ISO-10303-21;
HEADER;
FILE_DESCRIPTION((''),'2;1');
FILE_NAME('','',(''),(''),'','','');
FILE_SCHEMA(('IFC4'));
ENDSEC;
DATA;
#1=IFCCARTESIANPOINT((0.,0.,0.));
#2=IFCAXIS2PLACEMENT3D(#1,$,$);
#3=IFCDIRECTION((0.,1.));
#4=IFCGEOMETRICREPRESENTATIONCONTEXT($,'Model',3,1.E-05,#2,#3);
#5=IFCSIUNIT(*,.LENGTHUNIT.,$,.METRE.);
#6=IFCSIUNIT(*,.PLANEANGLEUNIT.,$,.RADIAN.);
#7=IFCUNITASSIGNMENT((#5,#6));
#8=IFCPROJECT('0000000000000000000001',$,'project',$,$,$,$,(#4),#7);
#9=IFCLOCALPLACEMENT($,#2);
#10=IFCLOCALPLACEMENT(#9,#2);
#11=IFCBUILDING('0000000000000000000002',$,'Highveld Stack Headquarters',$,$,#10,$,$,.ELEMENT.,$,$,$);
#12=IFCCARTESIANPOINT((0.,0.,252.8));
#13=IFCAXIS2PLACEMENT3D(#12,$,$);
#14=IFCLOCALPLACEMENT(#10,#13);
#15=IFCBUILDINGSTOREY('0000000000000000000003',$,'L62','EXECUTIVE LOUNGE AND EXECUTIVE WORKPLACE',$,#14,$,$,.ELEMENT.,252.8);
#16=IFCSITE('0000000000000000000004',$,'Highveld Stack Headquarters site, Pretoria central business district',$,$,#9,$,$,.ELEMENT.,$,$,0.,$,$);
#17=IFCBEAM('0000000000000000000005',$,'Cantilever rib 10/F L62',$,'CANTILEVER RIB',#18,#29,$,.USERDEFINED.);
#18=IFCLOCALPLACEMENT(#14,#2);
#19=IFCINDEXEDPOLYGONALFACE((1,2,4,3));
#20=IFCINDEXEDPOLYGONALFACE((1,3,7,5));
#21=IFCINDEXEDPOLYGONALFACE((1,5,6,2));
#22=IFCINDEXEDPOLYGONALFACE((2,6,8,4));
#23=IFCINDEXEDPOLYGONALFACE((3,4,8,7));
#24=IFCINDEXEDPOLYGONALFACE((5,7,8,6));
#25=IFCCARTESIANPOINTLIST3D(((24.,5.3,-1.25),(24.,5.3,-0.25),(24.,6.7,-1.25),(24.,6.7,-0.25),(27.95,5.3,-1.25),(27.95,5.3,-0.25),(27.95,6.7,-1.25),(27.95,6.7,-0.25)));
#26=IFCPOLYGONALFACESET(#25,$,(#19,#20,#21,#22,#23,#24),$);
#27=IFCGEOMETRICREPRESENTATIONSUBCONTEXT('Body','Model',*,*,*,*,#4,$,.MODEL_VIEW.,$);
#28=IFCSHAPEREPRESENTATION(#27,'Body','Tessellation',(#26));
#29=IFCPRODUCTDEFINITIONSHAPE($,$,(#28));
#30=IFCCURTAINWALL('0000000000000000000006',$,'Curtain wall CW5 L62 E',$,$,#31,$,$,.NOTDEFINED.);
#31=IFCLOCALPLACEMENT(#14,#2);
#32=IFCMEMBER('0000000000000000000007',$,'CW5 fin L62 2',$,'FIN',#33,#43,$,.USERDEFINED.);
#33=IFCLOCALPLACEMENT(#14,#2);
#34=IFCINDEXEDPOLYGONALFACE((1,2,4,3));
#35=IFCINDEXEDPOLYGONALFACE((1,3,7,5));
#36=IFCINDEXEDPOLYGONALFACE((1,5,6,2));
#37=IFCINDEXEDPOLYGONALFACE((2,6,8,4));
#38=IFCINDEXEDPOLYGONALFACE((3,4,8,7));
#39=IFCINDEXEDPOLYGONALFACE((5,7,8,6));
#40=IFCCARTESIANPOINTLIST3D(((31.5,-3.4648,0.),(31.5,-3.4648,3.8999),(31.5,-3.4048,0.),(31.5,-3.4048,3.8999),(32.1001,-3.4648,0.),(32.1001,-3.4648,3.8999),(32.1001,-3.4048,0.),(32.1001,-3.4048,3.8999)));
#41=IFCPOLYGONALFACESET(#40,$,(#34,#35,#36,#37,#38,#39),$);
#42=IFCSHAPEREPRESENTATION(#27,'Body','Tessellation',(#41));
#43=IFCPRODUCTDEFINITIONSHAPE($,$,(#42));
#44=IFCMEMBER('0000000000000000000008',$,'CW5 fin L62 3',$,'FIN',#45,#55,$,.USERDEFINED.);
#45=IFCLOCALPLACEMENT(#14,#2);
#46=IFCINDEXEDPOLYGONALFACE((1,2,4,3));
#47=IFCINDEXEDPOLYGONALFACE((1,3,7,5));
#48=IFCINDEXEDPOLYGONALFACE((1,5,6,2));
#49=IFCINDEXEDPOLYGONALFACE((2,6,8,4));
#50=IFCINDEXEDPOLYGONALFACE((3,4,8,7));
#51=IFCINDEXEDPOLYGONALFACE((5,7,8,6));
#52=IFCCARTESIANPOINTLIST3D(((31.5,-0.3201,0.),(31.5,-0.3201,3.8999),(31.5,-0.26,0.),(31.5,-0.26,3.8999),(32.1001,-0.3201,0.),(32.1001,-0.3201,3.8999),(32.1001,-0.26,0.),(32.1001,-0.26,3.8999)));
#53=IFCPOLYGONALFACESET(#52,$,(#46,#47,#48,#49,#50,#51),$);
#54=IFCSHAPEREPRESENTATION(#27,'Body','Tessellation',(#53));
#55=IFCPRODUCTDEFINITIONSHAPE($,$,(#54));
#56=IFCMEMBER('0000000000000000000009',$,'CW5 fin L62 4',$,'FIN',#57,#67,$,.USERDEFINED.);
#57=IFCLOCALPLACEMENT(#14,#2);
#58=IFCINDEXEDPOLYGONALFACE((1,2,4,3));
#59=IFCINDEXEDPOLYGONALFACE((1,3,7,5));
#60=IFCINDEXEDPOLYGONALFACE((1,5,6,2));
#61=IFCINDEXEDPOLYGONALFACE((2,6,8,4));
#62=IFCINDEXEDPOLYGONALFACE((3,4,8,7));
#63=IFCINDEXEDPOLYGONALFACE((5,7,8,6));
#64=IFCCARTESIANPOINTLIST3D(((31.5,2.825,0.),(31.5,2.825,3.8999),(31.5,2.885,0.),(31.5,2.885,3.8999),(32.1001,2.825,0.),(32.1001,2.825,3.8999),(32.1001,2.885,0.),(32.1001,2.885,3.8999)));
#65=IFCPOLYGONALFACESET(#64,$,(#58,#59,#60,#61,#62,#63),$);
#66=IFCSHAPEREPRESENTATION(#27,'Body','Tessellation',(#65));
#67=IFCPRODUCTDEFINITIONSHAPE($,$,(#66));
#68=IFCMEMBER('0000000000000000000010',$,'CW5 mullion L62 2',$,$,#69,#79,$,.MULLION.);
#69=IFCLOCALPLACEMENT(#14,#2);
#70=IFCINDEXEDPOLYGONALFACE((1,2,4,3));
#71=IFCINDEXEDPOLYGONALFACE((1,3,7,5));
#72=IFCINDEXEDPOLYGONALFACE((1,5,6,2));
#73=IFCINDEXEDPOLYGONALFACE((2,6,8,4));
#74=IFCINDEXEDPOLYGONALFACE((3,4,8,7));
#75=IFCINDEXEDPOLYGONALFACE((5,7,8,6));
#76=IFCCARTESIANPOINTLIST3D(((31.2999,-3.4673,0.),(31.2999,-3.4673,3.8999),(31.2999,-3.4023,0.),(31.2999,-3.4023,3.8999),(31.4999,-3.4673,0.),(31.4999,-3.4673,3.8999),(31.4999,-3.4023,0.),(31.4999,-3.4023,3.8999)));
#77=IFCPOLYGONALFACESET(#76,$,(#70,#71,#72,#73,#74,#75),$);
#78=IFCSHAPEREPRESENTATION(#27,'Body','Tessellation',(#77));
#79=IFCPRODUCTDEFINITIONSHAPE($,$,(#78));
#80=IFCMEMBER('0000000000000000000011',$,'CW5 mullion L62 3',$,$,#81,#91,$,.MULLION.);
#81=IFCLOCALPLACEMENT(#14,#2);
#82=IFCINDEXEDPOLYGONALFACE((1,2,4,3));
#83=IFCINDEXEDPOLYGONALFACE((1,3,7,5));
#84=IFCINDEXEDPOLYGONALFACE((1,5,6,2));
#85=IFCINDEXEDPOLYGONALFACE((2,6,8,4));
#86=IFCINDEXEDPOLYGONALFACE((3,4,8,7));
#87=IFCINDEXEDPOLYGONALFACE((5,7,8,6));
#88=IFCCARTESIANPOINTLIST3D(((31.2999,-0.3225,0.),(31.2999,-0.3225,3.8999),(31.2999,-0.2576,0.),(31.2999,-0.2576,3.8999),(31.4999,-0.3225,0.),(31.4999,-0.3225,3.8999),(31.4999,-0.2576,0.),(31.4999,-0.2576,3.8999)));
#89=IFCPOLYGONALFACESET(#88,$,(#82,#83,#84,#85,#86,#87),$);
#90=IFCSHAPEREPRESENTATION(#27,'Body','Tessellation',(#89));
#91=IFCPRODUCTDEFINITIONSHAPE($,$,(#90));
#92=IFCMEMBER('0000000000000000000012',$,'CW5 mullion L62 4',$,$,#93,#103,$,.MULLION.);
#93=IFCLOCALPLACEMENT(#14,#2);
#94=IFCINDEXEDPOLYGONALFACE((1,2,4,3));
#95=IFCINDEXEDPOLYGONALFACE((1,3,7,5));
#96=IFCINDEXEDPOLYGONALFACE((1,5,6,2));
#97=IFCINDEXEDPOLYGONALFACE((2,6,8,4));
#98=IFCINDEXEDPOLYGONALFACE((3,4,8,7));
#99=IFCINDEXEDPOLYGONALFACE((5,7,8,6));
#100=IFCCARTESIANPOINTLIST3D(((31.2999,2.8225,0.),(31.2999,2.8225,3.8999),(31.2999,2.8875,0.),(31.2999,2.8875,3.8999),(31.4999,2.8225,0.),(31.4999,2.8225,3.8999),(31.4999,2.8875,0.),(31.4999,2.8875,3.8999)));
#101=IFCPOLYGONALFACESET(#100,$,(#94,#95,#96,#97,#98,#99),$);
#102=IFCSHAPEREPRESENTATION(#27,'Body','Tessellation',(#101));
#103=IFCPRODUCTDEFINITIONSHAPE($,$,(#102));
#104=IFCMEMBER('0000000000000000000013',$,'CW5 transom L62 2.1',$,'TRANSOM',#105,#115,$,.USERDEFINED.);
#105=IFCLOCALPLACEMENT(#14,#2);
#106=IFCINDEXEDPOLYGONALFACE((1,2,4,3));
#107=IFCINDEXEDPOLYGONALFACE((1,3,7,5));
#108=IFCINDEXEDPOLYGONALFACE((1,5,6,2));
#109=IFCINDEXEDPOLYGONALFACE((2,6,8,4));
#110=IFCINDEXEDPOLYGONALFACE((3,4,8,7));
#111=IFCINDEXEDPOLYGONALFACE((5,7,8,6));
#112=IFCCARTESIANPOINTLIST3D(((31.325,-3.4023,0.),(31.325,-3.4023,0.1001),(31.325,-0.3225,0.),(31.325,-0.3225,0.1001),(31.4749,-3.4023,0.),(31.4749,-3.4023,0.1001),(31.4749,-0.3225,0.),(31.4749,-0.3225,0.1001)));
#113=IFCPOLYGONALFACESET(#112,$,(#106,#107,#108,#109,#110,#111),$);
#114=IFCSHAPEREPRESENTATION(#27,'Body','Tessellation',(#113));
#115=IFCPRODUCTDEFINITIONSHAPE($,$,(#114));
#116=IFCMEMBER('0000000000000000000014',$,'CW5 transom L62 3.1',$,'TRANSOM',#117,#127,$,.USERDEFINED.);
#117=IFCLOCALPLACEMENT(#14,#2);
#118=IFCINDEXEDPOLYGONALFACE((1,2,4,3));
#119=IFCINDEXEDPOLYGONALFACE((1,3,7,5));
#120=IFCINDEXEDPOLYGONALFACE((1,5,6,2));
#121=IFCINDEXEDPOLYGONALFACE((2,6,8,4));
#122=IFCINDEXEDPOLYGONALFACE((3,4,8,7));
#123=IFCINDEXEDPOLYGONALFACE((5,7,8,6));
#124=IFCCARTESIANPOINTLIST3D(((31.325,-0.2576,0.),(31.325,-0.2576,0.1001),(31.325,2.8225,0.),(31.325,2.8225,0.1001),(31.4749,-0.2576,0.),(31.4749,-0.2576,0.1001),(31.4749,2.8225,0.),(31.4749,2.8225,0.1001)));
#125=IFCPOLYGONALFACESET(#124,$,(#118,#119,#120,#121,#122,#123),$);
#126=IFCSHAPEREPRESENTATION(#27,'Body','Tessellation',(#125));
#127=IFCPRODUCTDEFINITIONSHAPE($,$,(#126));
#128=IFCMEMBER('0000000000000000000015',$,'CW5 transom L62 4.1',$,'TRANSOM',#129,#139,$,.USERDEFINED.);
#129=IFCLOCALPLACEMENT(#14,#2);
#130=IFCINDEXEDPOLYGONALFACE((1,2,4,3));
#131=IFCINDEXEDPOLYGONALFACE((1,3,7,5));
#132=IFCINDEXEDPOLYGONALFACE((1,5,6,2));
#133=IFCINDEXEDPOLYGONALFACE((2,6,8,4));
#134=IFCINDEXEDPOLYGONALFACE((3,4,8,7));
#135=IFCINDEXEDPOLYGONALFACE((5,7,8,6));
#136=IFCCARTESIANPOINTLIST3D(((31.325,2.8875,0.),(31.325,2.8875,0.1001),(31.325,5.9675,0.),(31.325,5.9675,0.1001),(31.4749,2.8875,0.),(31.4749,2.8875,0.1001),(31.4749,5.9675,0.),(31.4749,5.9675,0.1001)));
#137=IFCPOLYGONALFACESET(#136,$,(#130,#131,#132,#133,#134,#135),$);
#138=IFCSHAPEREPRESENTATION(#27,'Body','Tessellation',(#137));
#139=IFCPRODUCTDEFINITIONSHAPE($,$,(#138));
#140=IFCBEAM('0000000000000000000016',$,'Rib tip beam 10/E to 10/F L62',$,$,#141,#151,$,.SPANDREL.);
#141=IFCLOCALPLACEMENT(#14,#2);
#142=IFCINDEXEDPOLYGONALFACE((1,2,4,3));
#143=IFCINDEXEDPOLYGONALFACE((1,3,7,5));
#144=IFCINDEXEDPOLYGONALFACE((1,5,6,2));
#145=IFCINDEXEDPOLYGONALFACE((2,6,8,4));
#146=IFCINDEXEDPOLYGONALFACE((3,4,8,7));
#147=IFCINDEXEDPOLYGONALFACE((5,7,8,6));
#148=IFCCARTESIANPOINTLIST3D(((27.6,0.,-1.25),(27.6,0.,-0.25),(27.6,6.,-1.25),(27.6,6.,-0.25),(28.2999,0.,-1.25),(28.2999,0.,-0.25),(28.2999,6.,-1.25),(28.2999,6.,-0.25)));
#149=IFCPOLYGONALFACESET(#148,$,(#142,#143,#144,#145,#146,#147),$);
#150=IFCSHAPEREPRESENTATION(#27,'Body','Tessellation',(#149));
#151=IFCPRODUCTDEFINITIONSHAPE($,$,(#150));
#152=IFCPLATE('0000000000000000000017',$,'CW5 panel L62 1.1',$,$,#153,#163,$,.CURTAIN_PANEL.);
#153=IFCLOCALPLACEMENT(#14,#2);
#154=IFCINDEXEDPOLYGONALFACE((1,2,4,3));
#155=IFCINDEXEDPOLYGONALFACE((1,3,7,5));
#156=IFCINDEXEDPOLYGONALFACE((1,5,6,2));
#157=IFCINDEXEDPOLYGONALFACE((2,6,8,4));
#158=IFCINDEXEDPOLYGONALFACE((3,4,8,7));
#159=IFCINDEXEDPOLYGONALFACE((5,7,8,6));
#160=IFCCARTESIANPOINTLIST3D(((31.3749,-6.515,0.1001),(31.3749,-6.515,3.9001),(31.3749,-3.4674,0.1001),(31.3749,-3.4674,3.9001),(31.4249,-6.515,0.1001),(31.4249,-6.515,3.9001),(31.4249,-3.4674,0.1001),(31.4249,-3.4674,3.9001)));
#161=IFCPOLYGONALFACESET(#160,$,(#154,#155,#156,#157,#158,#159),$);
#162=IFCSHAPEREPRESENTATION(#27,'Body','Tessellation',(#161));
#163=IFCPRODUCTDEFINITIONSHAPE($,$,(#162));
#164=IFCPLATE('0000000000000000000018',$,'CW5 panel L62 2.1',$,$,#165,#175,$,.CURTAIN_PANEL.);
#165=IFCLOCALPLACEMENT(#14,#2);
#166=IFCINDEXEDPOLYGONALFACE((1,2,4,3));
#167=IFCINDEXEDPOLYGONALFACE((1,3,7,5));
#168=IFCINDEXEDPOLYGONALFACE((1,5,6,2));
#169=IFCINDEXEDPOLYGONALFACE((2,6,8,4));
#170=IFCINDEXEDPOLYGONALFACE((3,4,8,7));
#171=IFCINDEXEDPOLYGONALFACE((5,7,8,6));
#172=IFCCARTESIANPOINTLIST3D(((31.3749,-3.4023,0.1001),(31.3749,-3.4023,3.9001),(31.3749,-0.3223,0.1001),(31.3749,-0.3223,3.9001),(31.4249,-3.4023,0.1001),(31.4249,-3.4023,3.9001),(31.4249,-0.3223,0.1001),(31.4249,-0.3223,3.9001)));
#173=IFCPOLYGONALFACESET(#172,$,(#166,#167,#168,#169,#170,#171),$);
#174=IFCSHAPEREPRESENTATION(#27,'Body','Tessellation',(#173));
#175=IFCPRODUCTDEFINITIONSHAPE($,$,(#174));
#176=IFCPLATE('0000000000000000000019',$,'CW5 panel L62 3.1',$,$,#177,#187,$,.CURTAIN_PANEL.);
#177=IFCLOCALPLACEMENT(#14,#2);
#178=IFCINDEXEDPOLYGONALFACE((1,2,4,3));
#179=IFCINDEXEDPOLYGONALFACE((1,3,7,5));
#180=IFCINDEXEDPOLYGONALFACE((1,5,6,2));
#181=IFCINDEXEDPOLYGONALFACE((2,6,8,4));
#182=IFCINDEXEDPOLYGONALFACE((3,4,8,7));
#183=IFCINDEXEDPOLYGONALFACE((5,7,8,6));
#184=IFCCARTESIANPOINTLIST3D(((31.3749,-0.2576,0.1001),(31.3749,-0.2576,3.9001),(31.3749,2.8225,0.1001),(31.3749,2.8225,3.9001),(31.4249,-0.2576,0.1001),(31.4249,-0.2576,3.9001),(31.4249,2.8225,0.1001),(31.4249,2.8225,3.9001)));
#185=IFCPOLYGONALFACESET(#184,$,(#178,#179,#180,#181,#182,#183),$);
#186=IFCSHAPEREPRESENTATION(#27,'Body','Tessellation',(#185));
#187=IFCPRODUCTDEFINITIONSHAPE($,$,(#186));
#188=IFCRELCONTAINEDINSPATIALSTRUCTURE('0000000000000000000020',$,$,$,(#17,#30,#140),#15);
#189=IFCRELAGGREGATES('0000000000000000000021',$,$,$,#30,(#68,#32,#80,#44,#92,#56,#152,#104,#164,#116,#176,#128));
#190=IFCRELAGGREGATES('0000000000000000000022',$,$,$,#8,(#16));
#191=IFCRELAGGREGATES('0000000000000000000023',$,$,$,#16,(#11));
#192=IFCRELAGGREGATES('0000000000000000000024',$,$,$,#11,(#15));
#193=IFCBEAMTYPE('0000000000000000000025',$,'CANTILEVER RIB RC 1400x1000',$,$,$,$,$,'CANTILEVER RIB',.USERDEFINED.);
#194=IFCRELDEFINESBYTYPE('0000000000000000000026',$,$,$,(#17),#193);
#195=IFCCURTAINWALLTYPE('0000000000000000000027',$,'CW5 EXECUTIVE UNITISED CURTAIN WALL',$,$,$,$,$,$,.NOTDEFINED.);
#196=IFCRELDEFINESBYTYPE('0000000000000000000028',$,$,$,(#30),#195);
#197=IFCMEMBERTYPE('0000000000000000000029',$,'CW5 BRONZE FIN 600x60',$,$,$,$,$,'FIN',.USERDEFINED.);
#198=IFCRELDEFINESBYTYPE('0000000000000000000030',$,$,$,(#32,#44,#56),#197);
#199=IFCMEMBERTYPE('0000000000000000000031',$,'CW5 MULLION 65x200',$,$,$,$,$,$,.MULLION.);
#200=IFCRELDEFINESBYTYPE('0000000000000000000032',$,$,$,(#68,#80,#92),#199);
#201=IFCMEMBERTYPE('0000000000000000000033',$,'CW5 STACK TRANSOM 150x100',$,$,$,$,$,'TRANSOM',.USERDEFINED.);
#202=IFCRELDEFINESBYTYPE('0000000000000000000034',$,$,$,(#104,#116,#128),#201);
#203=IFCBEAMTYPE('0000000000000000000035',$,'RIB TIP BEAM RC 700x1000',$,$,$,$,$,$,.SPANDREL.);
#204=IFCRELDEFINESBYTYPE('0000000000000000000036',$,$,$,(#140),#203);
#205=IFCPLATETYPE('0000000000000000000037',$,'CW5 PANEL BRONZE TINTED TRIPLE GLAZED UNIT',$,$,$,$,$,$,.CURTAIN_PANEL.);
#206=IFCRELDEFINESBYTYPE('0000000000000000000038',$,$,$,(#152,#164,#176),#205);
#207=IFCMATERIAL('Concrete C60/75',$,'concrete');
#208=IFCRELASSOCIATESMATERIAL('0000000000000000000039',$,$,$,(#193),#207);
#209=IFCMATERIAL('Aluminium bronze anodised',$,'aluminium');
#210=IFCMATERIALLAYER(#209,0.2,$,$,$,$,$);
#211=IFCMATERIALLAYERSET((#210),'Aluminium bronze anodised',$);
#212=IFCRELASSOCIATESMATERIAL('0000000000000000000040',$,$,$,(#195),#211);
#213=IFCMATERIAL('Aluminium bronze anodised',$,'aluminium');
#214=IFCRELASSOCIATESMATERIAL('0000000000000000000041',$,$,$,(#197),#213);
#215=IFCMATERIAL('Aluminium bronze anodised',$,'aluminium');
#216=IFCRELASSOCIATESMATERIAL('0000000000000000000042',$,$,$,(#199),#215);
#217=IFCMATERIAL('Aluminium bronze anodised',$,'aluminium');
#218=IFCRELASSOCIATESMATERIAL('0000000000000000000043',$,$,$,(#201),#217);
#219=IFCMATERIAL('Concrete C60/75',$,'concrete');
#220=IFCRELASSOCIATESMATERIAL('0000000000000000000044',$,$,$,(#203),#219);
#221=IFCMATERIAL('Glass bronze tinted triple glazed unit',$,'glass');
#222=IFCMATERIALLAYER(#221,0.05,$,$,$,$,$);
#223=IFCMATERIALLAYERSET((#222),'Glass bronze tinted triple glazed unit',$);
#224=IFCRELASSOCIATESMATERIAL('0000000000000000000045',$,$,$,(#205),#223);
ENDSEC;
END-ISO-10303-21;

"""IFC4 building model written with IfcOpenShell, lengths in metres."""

from ifc_helpers import new_model, si_unit, direction, frame, origin, origin_2d, place, context, subcontext, project, spatial, rectangle, extrude, material, layer, layer_set, material_profile, profile_set, type_object, element, aggregate, save


model = new_model("IFC4")

# Units and contexts
model_context = context("Model", 3, precision=1e-05, world=origin(), true_north=direction((0.0, 1.0)))
body_context = subcontext(model_context, "Body", "Model", "MODEL_VIEW")
ifc_project = project(units=[si_unit("LENGTHUNIT", "METRE"), si_unit("PLANEANGLEUNIT", "RADIAN")], contexts=[model_context])

# Site, building, storey
site_placement = place(None, origin())
site = spatial("IfcSite", under=ifc_project, at=site_placement, Name="Highveld Stack Headquarters site, Pretoria central business district", CompositionType="ELEMENT", RefElevation=0.0)
building_placement = place(site_placement, origin())
building = spatial("IfcBuilding", under=site, at=building_placement, Name="Highveld Stack Headquarters", CompositionType="ELEMENT")
storey_placement = place(building_placement, frame((0.0, 0.0, 252.8)))
storey = spatial("IfcBuildingStorey", under=building, at=storey_placement, Name="L62", Description="EXECUTIVE LOUNGE AND EXECUTIVE WORKPLACE", CompositionType="ELEMENT", Elevation=252.8)

# Beam
ifc_material_1 = material(Name="Concrete C60/75", Category="concrete")
ifc_material_profile_1 = material_profile(ifc_material_1, rectangle(XDim=1.3999, YDim=1.0, at=origin_2d()), Name="RC 1400x1000")
ifc_profile_set_1 = profile_set([ifc_material_profile_1], Name="Concrete C60/75")
beam_type_1 = type_object("IfcBeamType", Name="CANTILEVER RIB RC 1400x1000", ElementType="CANTILEVER RIB", PredefinedType="USERDEFINED", material=ifc_profile_set_1)
beam_1_placement = place(storey_placement, frame((24.0, 6.0, -0.75), z_axis=(1.0, 0.0, 0.0), x_axis=(0.0, 1.0, 0.0)))
element("IfcBeam", 1, at=beam_1_placement, inside=storey, type_object=beam_type_1, Name="Cantilever rib 10/F L62", ObjectType="CANTILEVER RIB", PredefinedType="USERDEFINED", context=body_context, shape_type="SweptSolid", body=[
    extrude(rectangle(XDim=1.3999, YDim=1.0, at=origin_2d()), origin(), (0.0, 0.0, 1.0), 3.95),
])

# Curtain wall, members
ifc_material_2 = material(Name="Aluminium bronze anodised", Category="aluminium")
ifc_layer_1 = layer(ifc_material_2, 0.2)
ifc_layer_set_1 = layer_set([ifc_layer_1], Name="Aluminium bronze anodised")
curtain_wall_type = type_object("IfcCurtainWallType", Name="CW5 EXECUTIVE UNITISED CURTAIN WALL", PredefinedType="NOTDEFINED", material=ifc_layer_set_1)
curtain_wall_placement = place(storey_placement, origin())
curtain_wall = element("IfcCurtainWall", 2, at=curtain_wall_placement, inside=storey, type_object=curtain_wall_type, Name="Curtain wall CW5 L62 E", PredefinedType="NOTDEFINED")
ifc_material_3 = material(Name="Aluminium bronze anodised", Category="aluminium")
ifc_material_profile_2 = material_profile(ifc_material_3, rectangle(XDim=0.6001, YDim=0.0601, at=origin_2d()), Name="FIN 600x60")
ifc_profile_set_2 = profile_set([ifc_material_profile_2], Name="Aluminium bronze anodised")
member_type_1 = type_object("IfcMemberType", Name="CW5 BRONZE FIN 600x60", ElementType="FIN", PredefinedType="USERDEFINED", material=ifc_profile_set_2)
member_1_placement = place(storey_placement, frame((31.8, -3.4348, 0.0), z_axis=(0.0, 0.0, 1.0), x_axis=(-1.0, 0.0, 0.0)))
member_1 = element("IfcMember", 3, at=member_1_placement, type_object=member_type_1, Name="CW5 fin L62 2", ObjectType="FIN", PredefinedType="USERDEFINED", context=body_context, shape_type="SweptSolid", body=[
    extrude(rectangle(XDim=0.6001, YDim=0.0601, at=origin_2d()), origin(), (0.0, 0.0, 1.0), 3.8999),
])
member_2_placement = place(storey_placement, frame((31.8, -0.29, 0.0), z_axis=(0.0, 0.0, 1.0), x_axis=(-1.0, 0.0, 0.0)))
member_2 = element("IfcMember", 4, at=member_2_placement, type_object=member_type_1, Name="CW5 fin L62 3", ObjectType="FIN", PredefinedType="USERDEFINED", context=body_context, shape_type="SweptSolid", body=[
    extrude(rectangle(XDim=0.6001, YDim=0.0601, at=origin_2d()), origin(), (0.0, 0.0, 1.0), 3.8999),
])
member_3_placement = place(storey_placement, frame((31.8, 2.855, 0.0), z_axis=(0.0, 0.0, 1.0), x_axis=(-1.0, 0.0, 0.0)))
member_3 = element("IfcMember", 5, at=member_3_placement, type_object=member_type_1, Name="CW5 fin L62 4", ObjectType="FIN", PredefinedType="USERDEFINED", context=body_context, shape_type="SweptSolid", body=[
    extrude(rectangle(XDim=0.6001, YDim=0.0601, at=origin_2d()), origin(), (0.0, 0.0, 1.0), 3.8999),
])
ifc_material_4 = material(Name="Aluminium bronze anodised", Category="aluminium")
ifc_material_profile_3 = material_profile(ifc_material_4, rectangle(XDim=0.2, YDim=0.0649, at=origin_2d()), Name="CW5 MULLION 65x200")
ifc_profile_set_3 = profile_set([ifc_material_profile_3], Name="Aluminium bronze anodised")
member_type_2 = type_object("IfcMemberType", Name="CW5 MULLION 65x200", PredefinedType="MULLION", material=ifc_profile_set_3)
member_4_placement = place(storey_placement, frame((31.3999, -3.4348, 0.0), z_axis=(0.0, 0.0, 1.0), x_axis=(-1.0, 0.0, 0.0)))
member_4 = element("IfcMember", 6, at=member_4_placement, type_object=member_type_2, Name="CW5 mullion L62 2", PredefinedType="MULLION", context=body_context, shape_type="SweptSolid", body=[
    extrude(rectangle(XDim=0.2, YDim=0.0649, at=origin_2d()), origin(), (0.0, 0.0, 1.0), 3.8999),
])
member_5_placement = place(storey_placement, frame((31.3999, -0.29, 0.0), z_axis=(0.0, 0.0, 1.0), x_axis=(-1.0, 0.0, 0.0)))
member_5 = element("IfcMember", 7, at=member_5_placement, type_object=member_type_2, Name="CW5 mullion L62 3", PredefinedType="MULLION", context=body_context, shape_type="SweptSolid", body=[
    extrude(rectangle(XDim=0.2, YDim=0.0649, at=origin_2d()), origin(), (0.0, 0.0, 1.0), 3.8999),
])
member_6_placement = place(storey_placement, frame((31.3999, 2.855, 0.0), z_axis=(0.0, 0.0, 1.0), x_axis=(-1.0, 0.0, 0.0)))
member_6 = element("IfcMember", 8, at=member_6_placement, type_object=member_type_2, Name="CW5 mullion L62 4", PredefinedType="MULLION", context=body_context, shape_type="SweptSolid", body=[
    extrude(rectangle(XDim=0.2, YDim=0.0649, at=origin_2d()), origin(), (0.0, 0.0, 1.0), 3.8999),
])
ifc_material_5 = material(Name="Aluminium bronze anodised", Category="aluminium")
ifc_material_profile_4 = material_profile(ifc_material_5, rectangle(XDim=0.1499, YDim=0.1001, at=origin_2d()), Name="CW5 TRANSOM 150x100")
ifc_profile_set_4 = profile_set([ifc_material_profile_4], Name="Aluminium bronze anodised")
member_type_3 = type_object("IfcMemberType", Name="CW5 STACK TRANSOM 150x100", ElementType="TRANSOM", PredefinedType="USERDEFINED", material=ifc_profile_set_4)
member_7_placement = place(storey_placement, frame((31.3999, -3.4023, 0.05), z_axis=(0.0, 1.0, 0.0), x_axis=(-1.0, 0.0, 0.0)))
member_7 = element("IfcMember", 9, at=member_7_placement, type_object=member_type_3, Name="CW5 transom L62 2.1", ObjectType="TRANSOM", PredefinedType="USERDEFINED", context=body_context, shape_type="SweptSolid", body=[
    extrude(rectangle(XDim=0.1499, YDim=0.1001, at=origin_2d()), origin(), (0.0, 0.0, 1.0), 3.0798),
])
member_8_placement = place(storey_placement, frame((31.3999, -0.2576, 0.05), z_axis=(0.0, 1.0, 0.0), x_axis=(-1.0, 0.0, 0.0)))
member_8 = element("IfcMember", 10, at=member_8_placement, type_object=member_type_3, Name="CW5 transom L62 3.1", ObjectType="TRANSOM", PredefinedType="USERDEFINED", context=body_context, shape_type="SweptSolid", body=[
    extrude(rectangle(XDim=0.1499, YDim=0.1001, at=origin_2d()), origin(), (0.0, 0.0, 1.0), 3.0801),
])
member_9_placement = place(storey_placement, frame((31.3999, 2.8875, 0.05), z_axis=(0.0, 1.0, 0.0), x_axis=(-1.0, 0.0, 0.0)))
member_9 = element("IfcMember", 11, at=member_9_placement, type_object=member_type_3, Name="CW5 transom L62 4.1", ObjectType="TRANSOM", PredefinedType="USERDEFINED", context=body_context, shape_type="SweptSolid", body=[
    extrude(rectangle(XDim=0.1499, YDim=0.1001, at=origin_2d()), origin(), (0.0, 0.0, 1.0), 3.0801),
])

# Beam
ifc_material_6 = material(Name="Concrete C60/75", Category="concrete")
ifc_material_profile_5 = material_profile(ifc_material_6, rectangle(XDim=0.7, YDim=1.0, at=origin_2d()), Name="RC 700x1000")
ifc_profile_set_5 = profile_set([ifc_material_profile_5], Name="Concrete C60/75")
beam_type_2 = type_object("IfcBeamType", Name="RIB TIP BEAM RC 700x1000", PredefinedType="SPANDREL", material=ifc_profile_set_5)
beam_2_placement = place(storey_placement, frame((27.95, 0.0, -0.75), z_axis=(0.0, 1.0, 0.0), x_axis=(-1.0, 0.0, 0.0)))
element("IfcBeam", 12, at=beam_2_placement, inside=storey, type_object=beam_type_2, Name="Rib tip beam 10/E to 10/F L62", PredefinedType="SPANDREL", context=body_context, shape_type="SweptSolid", body=[
    extrude(rectangle(XDim=0.7, YDim=1.0, at=origin_2d()), origin(), (0.0, 0.0, 1.0), 6.0),
])

# Plates
ifc_material_7 = material(Name="Glass bronze tinted triple glazed unit", Category="glass")
ifc_layer_2 = layer(ifc_material_7, 0.05)
ifc_layer_set_2 = layer_set([ifc_layer_2], Name="Glass bronze tinted triple glazed unit")
plate_type = type_object("IfcPlateType", Name="CW5 PANEL BRONZE TINTED TRIPLE GLAZED UNIT", PredefinedType="CURTAIN_PANEL", material=ifc_layer_set_2)
plate_1_placement = place(storey_placement, frame((31.3999, -4.9912, 0.1001), z_axis=(0.0, 0.0, 1.0), x_axis=(0.0, 1.0, 0.0)))
plate_1 = element("IfcPlate", 13, at=plate_1_placement, type_object=plate_type, Name="CW5 panel L62 1.1", PredefinedType="CURTAIN_PANEL", context=body_context, shape_type="SweptSolid", body=[
    extrude(rectangle(XDim=3.0476, YDim=0.05, at=origin_2d()), origin(), (0.0, 0.0, 1.0), 3.8),
])
plate_2_placement = place(storey_placement, frame((31.3999, -1.8623, 0.1001), z_axis=(0.0, 0.0, 1.0), x_axis=(0.0, 1.0, 0.0)))
plate_2 = element("IfcPlate", 14, at=plate_2_placement, type_object=plate_type, Name="CW5 panel L62 2.1", PredefinedType="CURTAIN_PANEL", context=body_context, shape_type="SweptSolid", body=[
    extrude(rectangle(XDim=3.0801, YDim=0.05, at=origin_2d()), origin(), (0.0, 0.0, 1.0), 3.8),
])
plate_3_placement = place(storey_placement, frame((31.3999, 1.2825, 0.1001), z_axis=(0.0, 0.0, 1.0), x_axis=(0.0, 1.0, 0.0)))
plate_3 = element("IfcPlate", 15, at=plate_3_placement, type_object=plate_type, Name="CW5 panel L62 3.1", PredefinedType="CURTAIN_PANEL", context=body_context, shape_type="SweptSolid", body=[
    extrude(rectangle(XDim=3.0801, YDim=0.05, at=origin_2d()), origin(), (0.0, 0.0, 1.0), 3.8),
])
aggregate(curtain_wall, [member_4, member_1, member_5, member_2, member_6, member_3, plate_1, member_7, plate_2, member_8, plate_3, member_9])

save(model, "model.ifc")
